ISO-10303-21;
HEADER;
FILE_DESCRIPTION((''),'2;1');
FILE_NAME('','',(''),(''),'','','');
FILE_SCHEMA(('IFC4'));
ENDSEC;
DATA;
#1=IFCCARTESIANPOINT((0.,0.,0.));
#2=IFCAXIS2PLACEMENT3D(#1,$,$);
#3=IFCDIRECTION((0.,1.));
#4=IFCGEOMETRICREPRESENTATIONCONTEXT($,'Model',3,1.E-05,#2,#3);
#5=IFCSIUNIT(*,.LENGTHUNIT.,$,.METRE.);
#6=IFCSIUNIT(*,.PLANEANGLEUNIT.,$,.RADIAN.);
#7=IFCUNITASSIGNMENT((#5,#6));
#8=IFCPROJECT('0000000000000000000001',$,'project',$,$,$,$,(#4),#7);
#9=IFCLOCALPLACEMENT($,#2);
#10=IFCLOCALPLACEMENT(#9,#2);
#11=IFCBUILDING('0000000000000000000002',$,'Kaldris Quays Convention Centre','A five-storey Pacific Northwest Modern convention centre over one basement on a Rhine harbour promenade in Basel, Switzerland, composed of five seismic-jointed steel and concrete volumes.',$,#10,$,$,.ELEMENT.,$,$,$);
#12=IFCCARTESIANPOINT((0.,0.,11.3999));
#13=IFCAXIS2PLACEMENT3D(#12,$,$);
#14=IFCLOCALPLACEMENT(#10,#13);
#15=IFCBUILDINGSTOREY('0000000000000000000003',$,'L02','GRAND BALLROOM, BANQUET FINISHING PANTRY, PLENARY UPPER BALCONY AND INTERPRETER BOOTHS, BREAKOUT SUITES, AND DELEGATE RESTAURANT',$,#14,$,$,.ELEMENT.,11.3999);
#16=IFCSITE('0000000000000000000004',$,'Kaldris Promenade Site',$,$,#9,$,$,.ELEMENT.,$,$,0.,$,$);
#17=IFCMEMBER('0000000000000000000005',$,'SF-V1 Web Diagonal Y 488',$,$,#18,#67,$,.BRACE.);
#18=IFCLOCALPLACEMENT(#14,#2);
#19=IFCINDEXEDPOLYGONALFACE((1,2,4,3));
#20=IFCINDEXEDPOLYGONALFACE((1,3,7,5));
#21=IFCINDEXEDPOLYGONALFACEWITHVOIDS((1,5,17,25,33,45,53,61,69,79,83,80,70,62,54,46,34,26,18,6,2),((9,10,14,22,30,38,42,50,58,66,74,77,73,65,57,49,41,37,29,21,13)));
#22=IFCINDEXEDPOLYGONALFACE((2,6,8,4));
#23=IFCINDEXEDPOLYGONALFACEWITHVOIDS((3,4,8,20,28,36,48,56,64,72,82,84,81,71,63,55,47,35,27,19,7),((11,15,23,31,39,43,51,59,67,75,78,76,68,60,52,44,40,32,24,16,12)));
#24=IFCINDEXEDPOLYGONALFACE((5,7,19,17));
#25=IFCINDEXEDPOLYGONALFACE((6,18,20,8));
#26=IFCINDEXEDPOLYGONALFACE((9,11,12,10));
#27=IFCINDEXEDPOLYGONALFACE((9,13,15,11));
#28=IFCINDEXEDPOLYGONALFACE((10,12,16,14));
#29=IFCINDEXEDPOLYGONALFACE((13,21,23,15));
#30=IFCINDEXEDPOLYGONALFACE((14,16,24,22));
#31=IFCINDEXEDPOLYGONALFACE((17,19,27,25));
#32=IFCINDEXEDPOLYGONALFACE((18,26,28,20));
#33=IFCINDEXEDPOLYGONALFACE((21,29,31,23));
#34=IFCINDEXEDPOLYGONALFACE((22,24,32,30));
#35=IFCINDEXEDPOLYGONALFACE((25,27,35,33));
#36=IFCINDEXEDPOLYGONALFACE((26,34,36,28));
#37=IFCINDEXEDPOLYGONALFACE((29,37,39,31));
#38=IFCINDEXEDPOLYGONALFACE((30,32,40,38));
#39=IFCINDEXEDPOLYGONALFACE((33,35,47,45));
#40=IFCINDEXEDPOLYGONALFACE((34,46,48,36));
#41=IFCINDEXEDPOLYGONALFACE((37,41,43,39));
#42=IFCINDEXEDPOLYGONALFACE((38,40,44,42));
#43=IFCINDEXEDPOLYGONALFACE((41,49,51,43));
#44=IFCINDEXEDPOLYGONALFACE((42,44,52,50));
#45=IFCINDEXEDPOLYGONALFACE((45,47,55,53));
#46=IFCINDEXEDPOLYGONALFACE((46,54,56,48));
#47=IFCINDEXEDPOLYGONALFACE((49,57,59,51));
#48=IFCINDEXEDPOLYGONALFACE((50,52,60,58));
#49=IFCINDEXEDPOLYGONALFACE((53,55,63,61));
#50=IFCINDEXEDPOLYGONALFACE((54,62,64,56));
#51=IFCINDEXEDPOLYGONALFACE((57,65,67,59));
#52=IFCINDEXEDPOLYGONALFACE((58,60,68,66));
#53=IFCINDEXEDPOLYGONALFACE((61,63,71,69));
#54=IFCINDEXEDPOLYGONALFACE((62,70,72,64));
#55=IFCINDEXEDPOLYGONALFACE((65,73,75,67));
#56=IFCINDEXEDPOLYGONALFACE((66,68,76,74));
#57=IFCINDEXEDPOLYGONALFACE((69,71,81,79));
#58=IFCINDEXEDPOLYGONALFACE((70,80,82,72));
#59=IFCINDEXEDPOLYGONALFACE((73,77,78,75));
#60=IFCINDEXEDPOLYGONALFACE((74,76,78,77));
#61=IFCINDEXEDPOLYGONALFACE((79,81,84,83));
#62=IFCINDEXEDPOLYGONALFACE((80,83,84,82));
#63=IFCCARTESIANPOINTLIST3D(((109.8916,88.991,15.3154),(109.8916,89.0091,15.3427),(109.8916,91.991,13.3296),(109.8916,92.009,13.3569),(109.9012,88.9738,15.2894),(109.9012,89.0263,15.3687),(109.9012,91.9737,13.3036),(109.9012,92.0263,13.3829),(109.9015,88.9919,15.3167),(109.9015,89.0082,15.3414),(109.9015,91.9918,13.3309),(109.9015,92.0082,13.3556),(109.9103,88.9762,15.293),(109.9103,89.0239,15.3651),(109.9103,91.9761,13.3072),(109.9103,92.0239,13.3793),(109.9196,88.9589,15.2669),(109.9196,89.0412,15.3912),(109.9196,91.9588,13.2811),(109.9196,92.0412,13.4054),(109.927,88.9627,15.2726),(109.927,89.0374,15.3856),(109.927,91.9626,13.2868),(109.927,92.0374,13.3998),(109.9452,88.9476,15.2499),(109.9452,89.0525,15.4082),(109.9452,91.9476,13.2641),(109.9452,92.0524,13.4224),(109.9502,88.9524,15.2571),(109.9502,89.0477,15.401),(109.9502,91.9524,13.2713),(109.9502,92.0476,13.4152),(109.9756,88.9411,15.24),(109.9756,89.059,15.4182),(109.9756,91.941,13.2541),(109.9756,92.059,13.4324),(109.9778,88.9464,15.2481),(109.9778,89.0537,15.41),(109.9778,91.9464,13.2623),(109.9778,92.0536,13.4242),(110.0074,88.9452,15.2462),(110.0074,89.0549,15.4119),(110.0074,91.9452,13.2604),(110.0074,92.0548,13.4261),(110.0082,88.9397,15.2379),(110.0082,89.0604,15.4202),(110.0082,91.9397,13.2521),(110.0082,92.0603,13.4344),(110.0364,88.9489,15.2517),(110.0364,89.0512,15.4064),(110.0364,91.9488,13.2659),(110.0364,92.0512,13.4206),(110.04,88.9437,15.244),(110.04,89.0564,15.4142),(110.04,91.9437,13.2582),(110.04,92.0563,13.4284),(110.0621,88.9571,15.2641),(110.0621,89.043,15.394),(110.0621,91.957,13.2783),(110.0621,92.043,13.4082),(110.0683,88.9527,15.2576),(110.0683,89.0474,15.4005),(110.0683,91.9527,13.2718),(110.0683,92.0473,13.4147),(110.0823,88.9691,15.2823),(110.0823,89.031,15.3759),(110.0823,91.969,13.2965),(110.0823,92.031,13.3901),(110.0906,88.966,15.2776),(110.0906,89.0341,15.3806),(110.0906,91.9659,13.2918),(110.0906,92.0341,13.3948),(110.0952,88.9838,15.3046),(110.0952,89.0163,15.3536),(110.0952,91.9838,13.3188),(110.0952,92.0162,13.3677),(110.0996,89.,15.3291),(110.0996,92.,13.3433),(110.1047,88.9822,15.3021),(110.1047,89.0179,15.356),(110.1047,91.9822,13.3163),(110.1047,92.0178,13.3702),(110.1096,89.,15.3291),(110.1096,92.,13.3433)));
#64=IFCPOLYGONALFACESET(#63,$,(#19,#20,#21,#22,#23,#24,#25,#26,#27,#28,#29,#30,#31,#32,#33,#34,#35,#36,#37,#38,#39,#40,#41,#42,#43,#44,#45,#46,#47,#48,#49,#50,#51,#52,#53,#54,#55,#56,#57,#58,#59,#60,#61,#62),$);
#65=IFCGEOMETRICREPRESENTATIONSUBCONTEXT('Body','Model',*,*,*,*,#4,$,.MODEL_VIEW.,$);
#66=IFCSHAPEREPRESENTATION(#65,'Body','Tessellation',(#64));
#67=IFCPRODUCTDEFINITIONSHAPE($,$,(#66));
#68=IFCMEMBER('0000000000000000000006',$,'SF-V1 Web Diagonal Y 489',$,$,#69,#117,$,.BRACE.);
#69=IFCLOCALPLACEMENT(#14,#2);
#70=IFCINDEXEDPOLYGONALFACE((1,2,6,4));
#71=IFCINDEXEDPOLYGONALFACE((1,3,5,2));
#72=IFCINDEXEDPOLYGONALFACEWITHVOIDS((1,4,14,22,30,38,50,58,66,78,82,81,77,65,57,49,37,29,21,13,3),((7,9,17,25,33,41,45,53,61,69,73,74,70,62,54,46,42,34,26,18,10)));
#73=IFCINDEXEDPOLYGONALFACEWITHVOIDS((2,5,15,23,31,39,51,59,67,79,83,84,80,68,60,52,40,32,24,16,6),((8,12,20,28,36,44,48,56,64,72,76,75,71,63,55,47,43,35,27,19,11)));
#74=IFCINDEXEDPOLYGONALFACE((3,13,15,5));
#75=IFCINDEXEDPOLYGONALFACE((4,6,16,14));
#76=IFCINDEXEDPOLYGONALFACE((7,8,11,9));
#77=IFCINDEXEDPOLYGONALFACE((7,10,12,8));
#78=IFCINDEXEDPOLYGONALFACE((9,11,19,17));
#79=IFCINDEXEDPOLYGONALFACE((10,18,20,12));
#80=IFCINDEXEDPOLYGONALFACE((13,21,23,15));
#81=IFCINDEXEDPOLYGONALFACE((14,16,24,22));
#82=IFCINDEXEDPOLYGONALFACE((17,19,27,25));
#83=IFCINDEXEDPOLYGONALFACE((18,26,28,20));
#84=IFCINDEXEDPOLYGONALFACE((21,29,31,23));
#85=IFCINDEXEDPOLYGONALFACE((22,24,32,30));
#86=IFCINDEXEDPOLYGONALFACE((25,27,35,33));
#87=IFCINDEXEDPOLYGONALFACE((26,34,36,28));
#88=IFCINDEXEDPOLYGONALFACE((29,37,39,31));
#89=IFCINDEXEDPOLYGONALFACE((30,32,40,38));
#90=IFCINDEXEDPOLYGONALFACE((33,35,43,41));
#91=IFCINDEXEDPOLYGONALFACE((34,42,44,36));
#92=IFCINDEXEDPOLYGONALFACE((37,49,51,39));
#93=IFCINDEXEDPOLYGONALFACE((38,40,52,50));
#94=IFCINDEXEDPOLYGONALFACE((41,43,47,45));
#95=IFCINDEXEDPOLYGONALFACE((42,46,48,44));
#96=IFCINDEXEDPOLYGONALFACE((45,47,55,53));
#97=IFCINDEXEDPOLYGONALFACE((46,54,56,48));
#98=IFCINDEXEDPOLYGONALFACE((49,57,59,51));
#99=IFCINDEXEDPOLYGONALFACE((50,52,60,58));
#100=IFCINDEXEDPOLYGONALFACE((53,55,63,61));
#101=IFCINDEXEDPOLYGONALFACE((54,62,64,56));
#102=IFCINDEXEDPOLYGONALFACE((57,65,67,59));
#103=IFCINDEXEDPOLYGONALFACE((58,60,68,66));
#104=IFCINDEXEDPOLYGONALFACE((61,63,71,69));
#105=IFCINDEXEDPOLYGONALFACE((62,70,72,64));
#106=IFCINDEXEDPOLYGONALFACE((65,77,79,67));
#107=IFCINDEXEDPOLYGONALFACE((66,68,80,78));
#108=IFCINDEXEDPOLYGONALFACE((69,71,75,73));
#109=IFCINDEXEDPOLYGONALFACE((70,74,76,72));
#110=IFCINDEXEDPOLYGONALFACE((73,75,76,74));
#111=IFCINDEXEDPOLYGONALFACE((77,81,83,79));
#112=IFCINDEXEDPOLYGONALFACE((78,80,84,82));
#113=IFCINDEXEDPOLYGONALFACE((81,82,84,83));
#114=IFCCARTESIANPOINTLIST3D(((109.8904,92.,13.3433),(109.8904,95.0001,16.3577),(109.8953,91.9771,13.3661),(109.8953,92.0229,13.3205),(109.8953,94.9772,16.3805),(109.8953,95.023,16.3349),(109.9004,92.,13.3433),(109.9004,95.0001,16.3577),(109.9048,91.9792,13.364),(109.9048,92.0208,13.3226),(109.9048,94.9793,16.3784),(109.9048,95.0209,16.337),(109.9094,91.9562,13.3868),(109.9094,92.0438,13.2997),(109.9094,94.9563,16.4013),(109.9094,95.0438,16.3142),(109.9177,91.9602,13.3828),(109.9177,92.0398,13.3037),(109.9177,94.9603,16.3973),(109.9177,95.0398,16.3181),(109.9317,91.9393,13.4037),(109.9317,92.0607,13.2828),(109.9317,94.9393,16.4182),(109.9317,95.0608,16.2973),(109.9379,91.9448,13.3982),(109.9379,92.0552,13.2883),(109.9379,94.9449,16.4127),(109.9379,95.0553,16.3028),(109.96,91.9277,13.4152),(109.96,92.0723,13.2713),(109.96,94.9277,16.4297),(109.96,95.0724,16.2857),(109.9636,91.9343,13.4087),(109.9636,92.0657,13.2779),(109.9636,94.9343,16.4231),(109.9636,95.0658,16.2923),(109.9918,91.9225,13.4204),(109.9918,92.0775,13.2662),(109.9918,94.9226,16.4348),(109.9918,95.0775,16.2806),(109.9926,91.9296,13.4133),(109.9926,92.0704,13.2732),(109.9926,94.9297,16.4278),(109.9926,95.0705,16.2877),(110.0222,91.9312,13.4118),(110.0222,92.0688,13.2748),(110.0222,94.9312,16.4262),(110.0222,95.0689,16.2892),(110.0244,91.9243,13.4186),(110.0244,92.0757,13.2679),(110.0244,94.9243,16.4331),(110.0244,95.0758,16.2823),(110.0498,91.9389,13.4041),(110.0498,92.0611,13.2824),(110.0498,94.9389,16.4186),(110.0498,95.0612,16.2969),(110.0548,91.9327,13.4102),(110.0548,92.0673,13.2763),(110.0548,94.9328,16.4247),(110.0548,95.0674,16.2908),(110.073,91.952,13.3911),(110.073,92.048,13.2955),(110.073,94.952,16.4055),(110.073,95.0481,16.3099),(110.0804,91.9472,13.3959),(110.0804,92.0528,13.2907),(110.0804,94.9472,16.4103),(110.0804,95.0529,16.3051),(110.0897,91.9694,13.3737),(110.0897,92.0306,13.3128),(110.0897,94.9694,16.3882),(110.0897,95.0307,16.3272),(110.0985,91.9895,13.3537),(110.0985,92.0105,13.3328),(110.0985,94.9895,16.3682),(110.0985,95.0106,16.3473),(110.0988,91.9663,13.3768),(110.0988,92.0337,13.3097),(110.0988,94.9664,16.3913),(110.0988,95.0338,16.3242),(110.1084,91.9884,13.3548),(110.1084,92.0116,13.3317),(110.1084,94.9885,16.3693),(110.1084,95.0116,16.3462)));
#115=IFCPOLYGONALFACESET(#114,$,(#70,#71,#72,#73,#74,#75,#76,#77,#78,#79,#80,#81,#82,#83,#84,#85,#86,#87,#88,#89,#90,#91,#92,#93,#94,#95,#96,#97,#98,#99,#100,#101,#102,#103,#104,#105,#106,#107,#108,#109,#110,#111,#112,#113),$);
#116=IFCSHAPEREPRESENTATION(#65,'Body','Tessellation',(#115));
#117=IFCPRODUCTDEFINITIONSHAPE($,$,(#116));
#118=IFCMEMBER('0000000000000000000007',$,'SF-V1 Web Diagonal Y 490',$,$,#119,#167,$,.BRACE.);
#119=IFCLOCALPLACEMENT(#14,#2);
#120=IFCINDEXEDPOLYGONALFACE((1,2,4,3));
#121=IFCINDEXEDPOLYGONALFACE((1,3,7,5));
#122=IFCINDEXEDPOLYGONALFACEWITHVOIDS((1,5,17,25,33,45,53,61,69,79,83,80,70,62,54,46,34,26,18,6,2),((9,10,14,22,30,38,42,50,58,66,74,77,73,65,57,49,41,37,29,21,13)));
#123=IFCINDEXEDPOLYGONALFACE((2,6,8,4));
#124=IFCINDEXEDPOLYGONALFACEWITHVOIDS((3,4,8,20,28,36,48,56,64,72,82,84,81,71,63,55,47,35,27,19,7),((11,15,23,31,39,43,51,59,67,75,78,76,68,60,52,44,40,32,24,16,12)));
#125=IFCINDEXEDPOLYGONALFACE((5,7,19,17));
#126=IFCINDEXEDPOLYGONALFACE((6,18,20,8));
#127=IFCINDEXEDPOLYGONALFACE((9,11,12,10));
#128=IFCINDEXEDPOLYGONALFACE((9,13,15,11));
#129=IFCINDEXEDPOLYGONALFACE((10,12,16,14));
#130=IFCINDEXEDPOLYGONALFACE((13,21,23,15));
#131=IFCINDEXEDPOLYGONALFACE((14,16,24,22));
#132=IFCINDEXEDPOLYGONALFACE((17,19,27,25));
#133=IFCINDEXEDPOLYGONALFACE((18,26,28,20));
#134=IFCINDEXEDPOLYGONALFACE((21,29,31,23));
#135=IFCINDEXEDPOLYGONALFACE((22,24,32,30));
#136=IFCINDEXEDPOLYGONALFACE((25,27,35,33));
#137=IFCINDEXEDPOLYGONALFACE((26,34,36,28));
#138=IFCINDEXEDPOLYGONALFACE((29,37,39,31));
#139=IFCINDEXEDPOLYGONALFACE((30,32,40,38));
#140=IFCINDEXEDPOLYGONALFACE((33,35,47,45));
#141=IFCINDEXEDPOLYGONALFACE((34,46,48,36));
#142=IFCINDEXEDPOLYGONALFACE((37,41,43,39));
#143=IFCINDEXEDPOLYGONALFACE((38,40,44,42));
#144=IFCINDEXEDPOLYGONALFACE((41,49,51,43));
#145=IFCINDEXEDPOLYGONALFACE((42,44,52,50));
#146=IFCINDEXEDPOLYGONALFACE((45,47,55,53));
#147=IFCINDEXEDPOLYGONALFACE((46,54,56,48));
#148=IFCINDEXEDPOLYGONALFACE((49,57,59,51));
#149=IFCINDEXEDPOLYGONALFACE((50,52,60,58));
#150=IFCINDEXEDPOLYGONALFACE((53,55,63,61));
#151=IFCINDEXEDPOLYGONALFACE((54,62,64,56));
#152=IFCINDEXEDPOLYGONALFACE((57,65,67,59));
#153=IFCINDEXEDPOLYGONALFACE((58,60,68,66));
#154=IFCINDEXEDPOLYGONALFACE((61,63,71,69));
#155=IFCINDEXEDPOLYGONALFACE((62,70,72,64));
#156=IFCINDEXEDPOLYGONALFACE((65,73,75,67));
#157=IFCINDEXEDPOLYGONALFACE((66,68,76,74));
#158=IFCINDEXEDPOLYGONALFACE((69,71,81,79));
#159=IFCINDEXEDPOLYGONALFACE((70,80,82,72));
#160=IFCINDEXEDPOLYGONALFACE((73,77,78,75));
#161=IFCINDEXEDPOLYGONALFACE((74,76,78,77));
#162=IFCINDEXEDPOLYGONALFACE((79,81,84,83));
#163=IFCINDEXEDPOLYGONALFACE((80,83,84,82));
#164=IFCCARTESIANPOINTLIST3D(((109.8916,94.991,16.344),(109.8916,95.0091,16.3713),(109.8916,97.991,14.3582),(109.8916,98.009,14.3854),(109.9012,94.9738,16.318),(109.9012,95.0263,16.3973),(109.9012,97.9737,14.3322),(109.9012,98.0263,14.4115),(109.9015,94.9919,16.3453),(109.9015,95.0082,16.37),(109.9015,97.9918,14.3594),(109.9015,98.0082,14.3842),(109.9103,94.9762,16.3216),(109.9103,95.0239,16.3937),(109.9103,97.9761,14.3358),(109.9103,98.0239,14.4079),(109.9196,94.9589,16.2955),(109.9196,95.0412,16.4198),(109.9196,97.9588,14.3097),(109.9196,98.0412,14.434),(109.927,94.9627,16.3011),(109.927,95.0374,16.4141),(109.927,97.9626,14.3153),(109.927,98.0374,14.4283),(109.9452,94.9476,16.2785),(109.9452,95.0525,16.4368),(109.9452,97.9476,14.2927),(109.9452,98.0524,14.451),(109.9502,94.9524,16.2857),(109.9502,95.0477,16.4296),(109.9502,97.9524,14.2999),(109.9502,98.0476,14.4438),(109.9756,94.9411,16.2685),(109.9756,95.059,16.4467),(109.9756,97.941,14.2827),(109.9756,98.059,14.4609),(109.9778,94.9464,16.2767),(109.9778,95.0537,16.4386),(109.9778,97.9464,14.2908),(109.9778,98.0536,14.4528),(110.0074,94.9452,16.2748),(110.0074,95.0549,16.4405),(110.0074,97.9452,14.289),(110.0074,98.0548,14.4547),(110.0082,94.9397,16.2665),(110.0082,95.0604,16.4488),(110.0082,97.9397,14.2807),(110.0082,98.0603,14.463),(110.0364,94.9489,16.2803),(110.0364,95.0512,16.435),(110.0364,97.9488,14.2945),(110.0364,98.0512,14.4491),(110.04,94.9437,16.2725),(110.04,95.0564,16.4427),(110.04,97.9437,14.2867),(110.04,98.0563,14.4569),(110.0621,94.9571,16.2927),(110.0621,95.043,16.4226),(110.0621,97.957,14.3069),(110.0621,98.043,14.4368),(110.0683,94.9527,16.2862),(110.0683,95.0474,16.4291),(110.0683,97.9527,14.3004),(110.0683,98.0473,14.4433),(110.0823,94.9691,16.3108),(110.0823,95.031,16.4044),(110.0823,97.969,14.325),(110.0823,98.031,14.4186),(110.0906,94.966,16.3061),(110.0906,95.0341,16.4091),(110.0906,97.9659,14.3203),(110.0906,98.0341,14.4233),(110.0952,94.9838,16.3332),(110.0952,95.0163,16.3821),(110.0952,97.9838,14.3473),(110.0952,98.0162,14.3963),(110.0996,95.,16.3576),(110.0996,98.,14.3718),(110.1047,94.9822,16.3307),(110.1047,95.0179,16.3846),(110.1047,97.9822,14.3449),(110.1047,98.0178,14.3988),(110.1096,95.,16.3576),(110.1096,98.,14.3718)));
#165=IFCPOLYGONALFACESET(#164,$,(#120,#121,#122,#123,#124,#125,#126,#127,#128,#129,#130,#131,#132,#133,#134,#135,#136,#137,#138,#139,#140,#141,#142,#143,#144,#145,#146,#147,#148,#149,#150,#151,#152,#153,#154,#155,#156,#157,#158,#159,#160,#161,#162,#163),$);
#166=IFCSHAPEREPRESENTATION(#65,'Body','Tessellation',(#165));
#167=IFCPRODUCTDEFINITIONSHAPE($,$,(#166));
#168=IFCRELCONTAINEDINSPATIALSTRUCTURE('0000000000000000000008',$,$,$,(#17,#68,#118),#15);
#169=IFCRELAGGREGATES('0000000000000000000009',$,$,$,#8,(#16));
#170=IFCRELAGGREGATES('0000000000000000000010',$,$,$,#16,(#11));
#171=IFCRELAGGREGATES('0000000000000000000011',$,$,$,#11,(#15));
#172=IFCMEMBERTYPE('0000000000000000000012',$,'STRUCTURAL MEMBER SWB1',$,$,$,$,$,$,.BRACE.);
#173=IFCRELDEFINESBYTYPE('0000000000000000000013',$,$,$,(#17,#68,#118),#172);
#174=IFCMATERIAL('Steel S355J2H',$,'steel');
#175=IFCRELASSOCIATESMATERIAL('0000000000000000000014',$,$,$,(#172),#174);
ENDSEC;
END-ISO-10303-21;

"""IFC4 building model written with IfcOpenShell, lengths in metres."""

from ifc_helpers import new_model, si_unit, direction, frame, origin, origin_2d, place, context, subcontext, project, spatial, hollow_circle, extrude, material, material_profile, profile_set, type_object, element, save


model = new_model("IFC4")

# Units and contexts
model_context = context("Model", 3, precision=1e-05, world=origin(), true_north=direction((0.0, 1.0)))
body_context = subcontext(model_context, "Body", "Model", "MODEL_VIEW")
ifc_project = project(units=[si_unit("LENGTHUNIT", "METRE"), si_unit("PLANEANGLEUNIT", "RADIAN")], contexts=[model_context])

# Site, building, storey
site_placement = place(None, origin())
site = spatial("IfcSite", under=ifc_project, at=site_placement, Name="Kaldris Promenade Site", CompositionType="ELEMENT", RefElevation=0.0)
building_placement = place(site_placement, origin())
building = spatial("IfcBuilding", under=site, at=building_placement, Name="Kaldris Quays Convention Centre", Description="A five-storey Pacific Northwest Modern convention centre over one basement on a Rhine harbour promenade in Basel, Switzerland, composed of five seismic-jointed steel and concrete volumes.", CompositionType="ELEMENT")
storey_placement = place(building_placement, frame((0.0, 0.0, 11.3999)))
storey = spatial("IfcBuildingStorey", under=building, at=storey_placement, Name="L02", Description="GRAND BALLROOM, BANQUET FINISHING PANTRY, PLENARY UPPER BALCONY AND INTERPRETER BOOTHS, BREAKOUT SUITES, AND DELEGATE RESTAURANT", CompositionType="ELEMENT", Elevation=11.3999)

# Members
ifc_material_1 = material(Name="Steel S355J2H", Category="steel")
ifc_material_profile_1 = material_profile(ifc_material_1, hollow_circle(Radius=0.1096, WallThickness=0.01, at=origin_2d()), Name="CHS 219.1x10")
ifc_profile_set_1 = profile_set([ifc_material_profile_1], Name="Steel S355J2H")
member_type_1 = type_object("IfcMemberType", Name="STRUCTURAL MEMBER SWB1", PredefinedType="BRACE", material=ifc_profile_set_1)
member_1_placement = place(storey_placement, frame((110.0, 92.0, 13.3433), z_axis=(0.0, -0.833862, 0.551972), x_axis=(1.0, 0.0, 0.0)))
element("IfcMember", 1, at=member_1_placement, inside=storey, type_object=member_type_1, Name="SF-V1 Web Diagonal Y 488", PredefinedType="BRACE", context=body_context, shape_type="SweptSolid", body=[
    extrude(hollow_circle(Radius=0.1096, WallThickness=0.01, at=origin_2d()), origin(), (0.0, 0.0, 1.0), 3.5977),
])
member_2_placement = place(storey_placement, frame((110.0, 92.0, 13.3433), z_axis=(0.0, 0.705411, 0.708798), x_axis=(-1.0, 0.0, 0.0)))
element("IfcMember", 2, at=member_2_placement, inside=storey, type_object=member_type_1, Name="SF-V1 Web Diagonal Y 489", PredefinedType="BRACE", context=body_context, shape_type="SweptSolid", body=[
    extrude(hollow_circle(Radius=0.1096, WallThickness=0.01, at=origin_2d()), origin(), (0.0, 0.0, 1.0), 4.2529),
])
for number, where, z_axis, x_axis, name in (
    (3, (110.0, 98.0, 14.3718), (0.0, -0.833862, 0.551972), (1.0, 0.0, 0.0), "SF-V1 Web Diagonal Y 490"),
):
    element("IfcMember", number, at=place(storey_placement, frame(where, z_axis=z_axis, x_axis=x_axis)), inside=storey, type_object=member_type_1, Name=name, PredefinedType="BRACE", context=body_context, shape_type="SweptSolid", body=[
        extrude(hollow_circle(Radius=0.1096, WallThickness=0.01, at=origin_2d()), origin(), (0.0, 0.0, 1.0), 3.5977),
    ])

save(model, "model.ifc")
